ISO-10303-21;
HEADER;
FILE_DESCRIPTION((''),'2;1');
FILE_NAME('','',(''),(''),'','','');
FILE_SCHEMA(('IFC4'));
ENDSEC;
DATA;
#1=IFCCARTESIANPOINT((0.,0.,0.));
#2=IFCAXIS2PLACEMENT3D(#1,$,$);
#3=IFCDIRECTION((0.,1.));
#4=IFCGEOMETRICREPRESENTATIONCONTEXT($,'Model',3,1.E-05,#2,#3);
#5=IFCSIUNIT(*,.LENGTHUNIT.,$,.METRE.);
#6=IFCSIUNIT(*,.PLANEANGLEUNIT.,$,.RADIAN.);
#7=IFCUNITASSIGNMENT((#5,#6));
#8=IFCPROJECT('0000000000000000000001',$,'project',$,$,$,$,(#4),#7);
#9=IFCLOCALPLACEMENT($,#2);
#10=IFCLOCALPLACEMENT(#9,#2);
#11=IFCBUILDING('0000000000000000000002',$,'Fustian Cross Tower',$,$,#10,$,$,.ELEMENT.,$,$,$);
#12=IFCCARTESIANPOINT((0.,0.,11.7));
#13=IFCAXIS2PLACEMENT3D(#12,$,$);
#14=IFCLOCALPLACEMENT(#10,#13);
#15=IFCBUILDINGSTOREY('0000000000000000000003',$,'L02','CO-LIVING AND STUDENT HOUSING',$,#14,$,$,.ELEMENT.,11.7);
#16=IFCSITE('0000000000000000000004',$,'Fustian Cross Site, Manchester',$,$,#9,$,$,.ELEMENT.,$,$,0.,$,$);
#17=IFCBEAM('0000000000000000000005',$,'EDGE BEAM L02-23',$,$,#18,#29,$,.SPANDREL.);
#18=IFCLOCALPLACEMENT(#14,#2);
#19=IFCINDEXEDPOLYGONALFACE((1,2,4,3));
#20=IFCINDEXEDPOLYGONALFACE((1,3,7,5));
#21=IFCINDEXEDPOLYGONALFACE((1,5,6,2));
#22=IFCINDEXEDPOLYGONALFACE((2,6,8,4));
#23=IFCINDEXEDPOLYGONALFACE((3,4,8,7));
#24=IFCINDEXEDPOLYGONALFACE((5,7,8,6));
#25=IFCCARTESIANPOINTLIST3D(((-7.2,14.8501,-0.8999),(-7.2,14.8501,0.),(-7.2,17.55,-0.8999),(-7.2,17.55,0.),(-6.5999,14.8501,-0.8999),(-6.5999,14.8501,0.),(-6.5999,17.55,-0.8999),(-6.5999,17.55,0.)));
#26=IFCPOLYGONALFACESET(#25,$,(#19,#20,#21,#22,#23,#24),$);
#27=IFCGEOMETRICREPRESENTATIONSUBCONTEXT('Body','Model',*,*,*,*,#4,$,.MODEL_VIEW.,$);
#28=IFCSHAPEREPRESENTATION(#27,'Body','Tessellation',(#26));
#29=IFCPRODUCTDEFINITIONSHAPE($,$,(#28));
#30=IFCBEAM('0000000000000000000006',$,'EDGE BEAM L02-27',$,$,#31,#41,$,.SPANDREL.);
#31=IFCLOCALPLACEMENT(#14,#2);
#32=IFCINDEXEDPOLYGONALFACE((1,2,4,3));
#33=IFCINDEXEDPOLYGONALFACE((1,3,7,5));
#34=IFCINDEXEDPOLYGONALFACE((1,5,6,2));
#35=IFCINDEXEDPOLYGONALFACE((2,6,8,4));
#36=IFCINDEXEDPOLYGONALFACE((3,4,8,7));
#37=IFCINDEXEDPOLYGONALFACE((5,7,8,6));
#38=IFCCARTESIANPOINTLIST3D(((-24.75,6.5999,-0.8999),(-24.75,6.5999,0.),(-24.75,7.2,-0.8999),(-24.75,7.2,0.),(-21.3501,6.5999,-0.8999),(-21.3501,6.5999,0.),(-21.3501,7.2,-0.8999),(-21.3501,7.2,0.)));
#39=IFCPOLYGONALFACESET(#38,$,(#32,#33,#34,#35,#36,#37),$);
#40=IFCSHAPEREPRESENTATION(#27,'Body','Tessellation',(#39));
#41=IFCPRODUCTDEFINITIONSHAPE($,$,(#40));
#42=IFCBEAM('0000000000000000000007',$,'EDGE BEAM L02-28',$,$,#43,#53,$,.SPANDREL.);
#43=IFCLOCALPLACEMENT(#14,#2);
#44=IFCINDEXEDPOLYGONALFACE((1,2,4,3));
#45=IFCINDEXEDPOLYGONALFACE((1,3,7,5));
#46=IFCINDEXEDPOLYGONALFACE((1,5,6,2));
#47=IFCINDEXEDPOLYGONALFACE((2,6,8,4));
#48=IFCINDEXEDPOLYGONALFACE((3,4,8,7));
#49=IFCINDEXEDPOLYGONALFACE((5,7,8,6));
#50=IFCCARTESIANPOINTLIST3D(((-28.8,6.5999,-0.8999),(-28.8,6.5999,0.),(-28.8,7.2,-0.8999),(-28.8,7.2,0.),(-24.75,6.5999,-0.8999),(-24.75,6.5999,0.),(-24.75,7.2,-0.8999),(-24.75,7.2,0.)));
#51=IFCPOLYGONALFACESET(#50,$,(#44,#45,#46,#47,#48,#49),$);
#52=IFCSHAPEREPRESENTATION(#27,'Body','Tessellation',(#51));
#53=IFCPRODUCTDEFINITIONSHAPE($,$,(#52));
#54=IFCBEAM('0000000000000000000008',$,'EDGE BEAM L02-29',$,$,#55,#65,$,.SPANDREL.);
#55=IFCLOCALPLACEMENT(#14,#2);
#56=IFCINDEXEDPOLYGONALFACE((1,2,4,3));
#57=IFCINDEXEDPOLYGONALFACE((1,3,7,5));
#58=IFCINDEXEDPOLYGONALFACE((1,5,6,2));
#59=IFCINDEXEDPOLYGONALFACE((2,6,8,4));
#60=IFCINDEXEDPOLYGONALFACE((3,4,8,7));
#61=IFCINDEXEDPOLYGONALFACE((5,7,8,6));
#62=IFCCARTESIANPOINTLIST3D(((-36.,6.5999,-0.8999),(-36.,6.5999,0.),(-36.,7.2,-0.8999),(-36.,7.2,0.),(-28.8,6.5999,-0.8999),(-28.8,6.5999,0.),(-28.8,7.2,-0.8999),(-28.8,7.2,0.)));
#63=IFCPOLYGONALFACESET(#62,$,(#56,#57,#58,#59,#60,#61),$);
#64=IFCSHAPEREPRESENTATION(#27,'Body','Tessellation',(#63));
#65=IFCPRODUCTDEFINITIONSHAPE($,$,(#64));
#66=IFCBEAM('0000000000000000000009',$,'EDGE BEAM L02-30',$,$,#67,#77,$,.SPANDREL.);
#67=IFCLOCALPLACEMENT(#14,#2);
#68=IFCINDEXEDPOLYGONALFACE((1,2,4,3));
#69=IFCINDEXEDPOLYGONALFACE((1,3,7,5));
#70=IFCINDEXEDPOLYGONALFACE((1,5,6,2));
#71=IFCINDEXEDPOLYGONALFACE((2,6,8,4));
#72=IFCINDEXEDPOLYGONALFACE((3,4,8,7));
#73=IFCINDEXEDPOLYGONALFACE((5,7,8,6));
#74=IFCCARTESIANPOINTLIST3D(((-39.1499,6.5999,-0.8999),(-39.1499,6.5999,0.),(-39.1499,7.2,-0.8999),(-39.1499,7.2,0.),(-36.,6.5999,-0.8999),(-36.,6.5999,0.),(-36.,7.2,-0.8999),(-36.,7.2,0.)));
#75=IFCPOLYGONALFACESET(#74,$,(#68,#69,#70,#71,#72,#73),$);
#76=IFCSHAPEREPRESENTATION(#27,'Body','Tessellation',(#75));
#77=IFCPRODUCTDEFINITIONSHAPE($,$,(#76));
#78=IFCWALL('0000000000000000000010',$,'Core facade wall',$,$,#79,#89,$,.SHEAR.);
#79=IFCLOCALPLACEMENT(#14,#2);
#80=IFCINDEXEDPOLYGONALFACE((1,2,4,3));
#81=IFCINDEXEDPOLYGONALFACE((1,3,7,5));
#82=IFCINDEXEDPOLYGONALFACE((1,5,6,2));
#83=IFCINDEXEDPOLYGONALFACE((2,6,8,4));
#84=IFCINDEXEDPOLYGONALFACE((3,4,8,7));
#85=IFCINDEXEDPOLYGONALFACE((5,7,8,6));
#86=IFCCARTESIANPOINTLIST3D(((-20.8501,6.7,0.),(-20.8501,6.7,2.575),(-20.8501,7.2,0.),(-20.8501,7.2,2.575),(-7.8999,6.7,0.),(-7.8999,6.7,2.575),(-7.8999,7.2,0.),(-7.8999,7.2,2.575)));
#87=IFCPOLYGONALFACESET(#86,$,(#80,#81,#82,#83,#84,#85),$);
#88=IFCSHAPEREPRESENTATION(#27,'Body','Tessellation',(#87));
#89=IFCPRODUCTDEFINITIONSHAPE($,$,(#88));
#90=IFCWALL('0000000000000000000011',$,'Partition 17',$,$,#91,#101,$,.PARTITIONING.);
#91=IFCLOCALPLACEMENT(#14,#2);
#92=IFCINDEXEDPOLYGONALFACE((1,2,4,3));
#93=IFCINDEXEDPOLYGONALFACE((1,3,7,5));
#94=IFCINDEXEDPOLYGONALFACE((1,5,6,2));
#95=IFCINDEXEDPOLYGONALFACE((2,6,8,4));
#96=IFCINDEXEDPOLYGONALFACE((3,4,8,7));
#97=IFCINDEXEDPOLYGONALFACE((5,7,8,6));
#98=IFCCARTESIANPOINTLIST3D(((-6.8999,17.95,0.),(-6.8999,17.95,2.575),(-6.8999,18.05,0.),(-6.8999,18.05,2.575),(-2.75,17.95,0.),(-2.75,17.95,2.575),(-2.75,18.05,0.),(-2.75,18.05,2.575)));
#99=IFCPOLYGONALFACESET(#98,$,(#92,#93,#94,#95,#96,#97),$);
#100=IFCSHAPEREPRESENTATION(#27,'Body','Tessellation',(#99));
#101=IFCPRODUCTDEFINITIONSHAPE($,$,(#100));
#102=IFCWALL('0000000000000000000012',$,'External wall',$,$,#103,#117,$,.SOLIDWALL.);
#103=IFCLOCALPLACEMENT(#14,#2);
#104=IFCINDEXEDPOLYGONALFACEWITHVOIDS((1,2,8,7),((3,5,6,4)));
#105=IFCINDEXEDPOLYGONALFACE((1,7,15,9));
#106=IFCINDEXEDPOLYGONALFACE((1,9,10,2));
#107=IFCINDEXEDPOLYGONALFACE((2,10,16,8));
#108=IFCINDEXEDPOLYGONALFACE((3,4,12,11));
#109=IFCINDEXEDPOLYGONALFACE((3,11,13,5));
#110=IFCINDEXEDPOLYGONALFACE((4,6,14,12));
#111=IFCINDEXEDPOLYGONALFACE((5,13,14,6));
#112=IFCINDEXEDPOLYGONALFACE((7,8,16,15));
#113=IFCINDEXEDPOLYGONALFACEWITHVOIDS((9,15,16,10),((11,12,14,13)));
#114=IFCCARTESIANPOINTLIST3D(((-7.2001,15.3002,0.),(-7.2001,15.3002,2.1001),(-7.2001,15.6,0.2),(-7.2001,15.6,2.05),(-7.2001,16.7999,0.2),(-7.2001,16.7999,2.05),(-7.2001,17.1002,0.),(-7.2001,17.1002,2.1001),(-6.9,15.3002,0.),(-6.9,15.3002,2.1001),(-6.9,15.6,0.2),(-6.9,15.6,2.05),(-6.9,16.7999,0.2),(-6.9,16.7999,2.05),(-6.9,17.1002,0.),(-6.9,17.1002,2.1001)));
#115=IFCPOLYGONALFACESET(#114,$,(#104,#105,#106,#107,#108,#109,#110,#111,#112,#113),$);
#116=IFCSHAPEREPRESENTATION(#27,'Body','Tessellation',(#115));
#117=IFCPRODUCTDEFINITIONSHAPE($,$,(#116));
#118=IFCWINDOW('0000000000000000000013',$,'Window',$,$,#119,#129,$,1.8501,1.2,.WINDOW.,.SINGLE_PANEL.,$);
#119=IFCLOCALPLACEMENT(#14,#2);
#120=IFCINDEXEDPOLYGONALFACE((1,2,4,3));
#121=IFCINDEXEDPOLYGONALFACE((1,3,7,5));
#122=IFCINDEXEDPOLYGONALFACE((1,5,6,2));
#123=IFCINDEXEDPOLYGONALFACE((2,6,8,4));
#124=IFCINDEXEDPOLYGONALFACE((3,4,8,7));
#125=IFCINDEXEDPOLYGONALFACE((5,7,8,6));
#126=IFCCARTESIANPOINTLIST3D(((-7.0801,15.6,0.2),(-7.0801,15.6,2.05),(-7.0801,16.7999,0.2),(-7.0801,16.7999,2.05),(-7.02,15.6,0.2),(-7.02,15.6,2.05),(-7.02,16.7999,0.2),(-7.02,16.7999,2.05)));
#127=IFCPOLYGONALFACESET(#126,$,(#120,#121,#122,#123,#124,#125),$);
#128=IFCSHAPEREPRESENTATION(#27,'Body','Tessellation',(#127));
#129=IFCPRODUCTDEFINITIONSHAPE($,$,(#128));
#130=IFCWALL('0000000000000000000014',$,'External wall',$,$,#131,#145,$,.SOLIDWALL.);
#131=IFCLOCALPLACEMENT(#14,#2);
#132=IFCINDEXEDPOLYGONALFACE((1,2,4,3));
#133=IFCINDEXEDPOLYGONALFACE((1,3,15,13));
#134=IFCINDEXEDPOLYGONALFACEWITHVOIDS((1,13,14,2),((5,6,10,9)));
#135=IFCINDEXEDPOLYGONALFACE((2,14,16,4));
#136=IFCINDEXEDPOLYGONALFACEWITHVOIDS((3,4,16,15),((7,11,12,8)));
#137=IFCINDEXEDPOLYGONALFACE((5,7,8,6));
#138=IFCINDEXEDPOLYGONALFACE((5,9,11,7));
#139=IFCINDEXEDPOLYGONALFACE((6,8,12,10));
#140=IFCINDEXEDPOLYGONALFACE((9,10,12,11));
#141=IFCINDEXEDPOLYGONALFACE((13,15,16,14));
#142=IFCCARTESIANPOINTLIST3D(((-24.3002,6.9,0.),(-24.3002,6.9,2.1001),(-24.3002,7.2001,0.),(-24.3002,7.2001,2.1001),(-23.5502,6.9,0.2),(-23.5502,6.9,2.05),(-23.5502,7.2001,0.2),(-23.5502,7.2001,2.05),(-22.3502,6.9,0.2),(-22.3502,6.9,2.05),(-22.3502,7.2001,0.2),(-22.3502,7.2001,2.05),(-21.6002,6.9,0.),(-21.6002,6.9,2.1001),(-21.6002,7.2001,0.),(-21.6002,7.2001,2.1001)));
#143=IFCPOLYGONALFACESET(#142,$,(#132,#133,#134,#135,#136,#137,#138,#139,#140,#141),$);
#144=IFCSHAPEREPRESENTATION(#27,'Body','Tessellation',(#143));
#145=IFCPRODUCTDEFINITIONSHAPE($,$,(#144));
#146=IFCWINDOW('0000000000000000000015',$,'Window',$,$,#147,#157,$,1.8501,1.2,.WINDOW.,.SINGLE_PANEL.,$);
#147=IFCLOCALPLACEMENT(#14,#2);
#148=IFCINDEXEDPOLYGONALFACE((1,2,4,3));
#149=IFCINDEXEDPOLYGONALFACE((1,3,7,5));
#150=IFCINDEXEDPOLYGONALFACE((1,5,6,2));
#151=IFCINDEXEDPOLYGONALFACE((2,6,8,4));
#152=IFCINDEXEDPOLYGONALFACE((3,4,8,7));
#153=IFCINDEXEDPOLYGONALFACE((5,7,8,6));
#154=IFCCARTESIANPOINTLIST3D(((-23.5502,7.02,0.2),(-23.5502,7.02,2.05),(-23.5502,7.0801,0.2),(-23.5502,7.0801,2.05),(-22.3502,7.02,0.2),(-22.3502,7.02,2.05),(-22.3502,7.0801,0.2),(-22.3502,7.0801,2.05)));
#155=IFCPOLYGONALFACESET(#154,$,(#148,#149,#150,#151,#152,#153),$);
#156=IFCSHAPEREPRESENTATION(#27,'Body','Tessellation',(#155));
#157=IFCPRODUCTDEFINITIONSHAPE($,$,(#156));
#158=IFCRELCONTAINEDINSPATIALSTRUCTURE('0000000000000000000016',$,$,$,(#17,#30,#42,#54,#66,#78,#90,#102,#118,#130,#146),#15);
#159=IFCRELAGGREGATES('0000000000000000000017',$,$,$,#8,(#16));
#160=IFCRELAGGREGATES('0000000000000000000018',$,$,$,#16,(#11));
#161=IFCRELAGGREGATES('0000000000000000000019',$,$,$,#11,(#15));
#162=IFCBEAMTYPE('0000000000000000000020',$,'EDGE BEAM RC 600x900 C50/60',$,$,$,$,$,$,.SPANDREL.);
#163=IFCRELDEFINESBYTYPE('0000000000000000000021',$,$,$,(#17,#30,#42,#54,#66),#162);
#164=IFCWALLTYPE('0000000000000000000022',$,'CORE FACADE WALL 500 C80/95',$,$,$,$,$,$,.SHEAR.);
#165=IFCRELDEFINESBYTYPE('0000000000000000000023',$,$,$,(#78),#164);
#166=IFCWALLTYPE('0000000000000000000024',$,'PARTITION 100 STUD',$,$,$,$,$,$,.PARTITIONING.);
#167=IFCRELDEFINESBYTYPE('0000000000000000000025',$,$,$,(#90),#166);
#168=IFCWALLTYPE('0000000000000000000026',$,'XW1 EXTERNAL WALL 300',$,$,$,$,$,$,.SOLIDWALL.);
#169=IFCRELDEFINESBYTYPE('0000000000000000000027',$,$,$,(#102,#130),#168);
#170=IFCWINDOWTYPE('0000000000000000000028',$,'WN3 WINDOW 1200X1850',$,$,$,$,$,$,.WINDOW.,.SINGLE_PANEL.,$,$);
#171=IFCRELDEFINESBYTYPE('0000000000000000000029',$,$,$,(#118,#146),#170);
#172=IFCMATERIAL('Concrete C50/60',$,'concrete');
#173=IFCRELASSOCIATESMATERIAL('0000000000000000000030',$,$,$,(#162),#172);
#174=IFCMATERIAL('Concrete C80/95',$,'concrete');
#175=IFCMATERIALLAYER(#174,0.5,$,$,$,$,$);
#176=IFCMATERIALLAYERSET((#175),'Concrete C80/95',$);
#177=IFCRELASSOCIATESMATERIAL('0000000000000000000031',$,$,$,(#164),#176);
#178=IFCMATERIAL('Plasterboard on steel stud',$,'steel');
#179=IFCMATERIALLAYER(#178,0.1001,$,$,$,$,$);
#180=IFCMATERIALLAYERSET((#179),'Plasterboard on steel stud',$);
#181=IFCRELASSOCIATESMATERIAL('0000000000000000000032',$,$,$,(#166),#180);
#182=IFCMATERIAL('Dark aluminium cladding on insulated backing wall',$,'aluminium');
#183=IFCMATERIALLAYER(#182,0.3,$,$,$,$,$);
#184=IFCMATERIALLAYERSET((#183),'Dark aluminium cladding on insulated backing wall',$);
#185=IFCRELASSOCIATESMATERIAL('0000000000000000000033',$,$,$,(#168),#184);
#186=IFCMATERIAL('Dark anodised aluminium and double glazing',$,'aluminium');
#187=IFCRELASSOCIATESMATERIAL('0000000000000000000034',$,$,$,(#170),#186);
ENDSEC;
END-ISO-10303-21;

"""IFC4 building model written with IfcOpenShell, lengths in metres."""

from ifc_helpers import new_model, si_unit, direction, frame, frame_2d, origin, origin_2d, place, context, subcontext, project, spatial, rectangle, extrude, material, layer, layer_set, material_profile, profile_set, type_object, element, fill, save


model = new_model("IFC4")

# Units and contexts
model_context = context("Model", 3, precision=1e-05, world=origin(), true_north=direction((0.0, 1.0)))
body_context = subcontext(model_context, "Body", "Model", "MODEL_VIEW")
ifc_project = project(units=[si_unit("LENGTHUNIT", "METRE"), si_unit("PLANEANGLEUNIT", "RADIAN")], contexts=[model_context])

# Site, building, storey
site_placement = place(None, origin())
site = spatial("IfcSite", under=ifc_project, at=site_placement, Name="Fustian Cross Site, Manchester", CompositionType="ELEMENT", RefElevation=0.0)
building_placement = place(site_placement, origin())
building = spatial("IfcBuilding", under=site, at=building_placement, Name="Fustian Cross Tower", CompositionType="ELEMENT")
storey_placement = place(building_placement, frame((0.0, 0.0, 11.7)))
storey = spatial("IfcBuildingStorey", under=building, at=storey_placement, Name="L02", Description="CO-LIVING AND STUDENT HOUSING", CompositionType="ELEMENT", Elevation=11.7)

# Beams
ifc_material_1 = material(Name="Concrete C50/60", Category="concrete")
ifc_material_profile = material_profile(ifc_material_1, rectangle(XDim=0.6001, YDim=0.8999, at=origin_2d()), Name="RC 600x900")
ifc_profile_set = profile_set([ifc_material_profile], Name="Concrete C50/60")
beam_type = type_object("IfcBeamType", Name="EDGE BEAM RC 600x900 C50/60", PredefinedType="SPANDREL", material=ifc_profile_set)
beam_1_placement = place(storey_placement, frame((-6.8999, 17.55, -0.45), z_axis=(0.0, -1.0, 0.0), x_axis=(1.0, 0.0, 0.0)))
element("IfcBeam", 1, at=beam_1_placement, inside=storey, type_object=beam_type, Name="EDGE BEAM L02-23", PredefinedType="SPANDREL", context=body_context, shape_type="SweptSolid", body=[
    extrude(rectangle(XDim=0.6001, YDim=0.8999, at=origin_2d()), origin(), (0.0, 0.0, 1.0), 2.7),
])
beam_2_placement = place(storey_placement, frame((-21.3501, 6.8999, -0.45), z_axis=(-1.0, 0.0, 0.0), x_axis=(0.0, -1.0, 0.0)))
element("IfcBeam", 2, at=beam_2_placement, inside=storey, type_object=beam_type, Name="EDGE BEAM L02-27", PredefinedType="SPANDREL", context=body_context, shape_type="SweptSolid", body=[
    extrude(rectangle(XDim=0.6001, YDim=0.8999, at=origin_2d()), origin(), (0.0, 0.0, 1.0), 3.3999),
])
beam_3_placement = place(storey_placement, frame((-24.75, 6.8999, -0.45), z_axis=(-1.0, 0.0, 0.0), x_axis=(0.0, -1.0, 0.0)))
element("IfcBeam", 3, at=beam_3_placement, inside=storey, type_object=beam_type, Name="EDGE BEAM L02-28", PredefinedType="SPANDREL", context=body_context, shape_type="SweptSolid", body=[
    extrude(rectangle(XDim=0.6001, YDim=0.8999, at=origin_2d()), origin(), (0.0, 0.0, 1.0), 4.05),
])
beam_4_placement = place(storey_placement, frame((-28.8, 6.8999, -0.45), z_axis=(-1.0, 0.0, 0.0), x_axis=(0.0, -1.0, 0.0)))
element("IfcBeam", 4, at=beam_4_placement, inside=storey, type_object=beam_type, Name="EDGE BEAM L02-29", PredefinedType="SPANDREL", context=body_context, shape_type="SweptSolid", body=[
    extrude(rectangle(XDim=0.6001, YDim=0.8999, at=origin_2d()), origin(), (0.0, 0.0, 1.0), 7.2),
])
beam_5_placement = place(storey_placement, frame((-36.0, 6.8999, -0.45), z_axis=(-1.0, 0.0, 0.0), x_axis=(0.0, -1.0, 0.0)))
element("IfcBeam", 5, at=beam_5_placement, inside=storey, type_object=beam_type, Name="EDGE BEAM L02-30", PredefinedType="SPANDREL", context=body_context, shape_type="SweptSolid", body=[
    extrude(rectangle(XDim=0.6001, YDim=0.8999, at=origin_2d()), origin(), (0.0, 0.0, 1.0), 3.1499),
])

# Walls
ifc_material_2 = material(Name="Concrete C80/95", Category="concrete")
ifc_layer_1 = layer(ifc_material_2, 0.5)
ifc_layer_set_1 = layer_set([ifc_layer_1], Name="Concrete C80/95")
wall_type_1 = type_object("IfcWallType", Name="CORE FACADE WALL 500 C80/95", PredefinedType="SHEAR", material=ifc_layer_set_1)
wall_1_placement = place(storey_placement, frame((-7.8999, 6.95, 0.0), z_axis=(0.0, 0.0, 1.0), x_axis=(-1.0, 0.0, 0.0)))
element("IfcWall", 6, at=wall_1_placement, inside=storey, type_object=wall_type_1, Name="Core facade wall", PredefinedType="SHEAR", context=body_context, shape_type="SweptSolid", body=[
    extrude(rectangle(XDim=12.9502, YDim=0.5, at=frame_2d((6.4751, 0.0))), origin(), (0.0, 0.0, 1.0), 2.575),
])
ifc_material_3 = material(Name="Plasterboard on steel stud", Category="steel")
ifc_layer_2 = layer(ifc_material_3, 0.1001)
ifc_layer_set_2 = layer_set([ifc_layer_2], Name="Plasterboard on steel stud")
wall_type_2 = type_object("IfcWallType", Name="PARTITION 100 STUD", PredefinedType="PARTITIONING", material=ifc_layer_set_2)
wall_2_placement = place(storey_placement, frame((-6.8999, 18.0, 0.0), z_axis=(0.0, 0.0, 1.0), x_axis=(1.0, 0.0, 0.0)))
element("IfcWall", 7, at=wall_2_placement, inside=storey, type_object=wall_type_2, Name="Partition 17", PredefinedType="PARTITIONING", context=body_context, shape_type="SweptSolid", body=[
    extrude(rectangle(XDim=4.1499, YDim=0.1001, at=frame_2d((2.075, 0.0))), origin(), (0.0, 0.0, 1.0), 2.575),
])

# Walls, openings, windows
ifc_material_4 = material(Name="Dark aluminium cladding on insulated backing wall", Category="aluminium")
ifc_layer_3 = layer(ifc_material_4, 0.3)
ifc_layer_set_3 = layer_set([ifc_layer_3], Name="Dark aluminium cladding on insulated backing wall")
wall_type_3 = type_object("IfcWallType", Name="XW1 EXTERNAL WALL 300", PredefinedType="SOLIDWALL", material=ifc_layer_set_3)
wall_3_placement = place(storey_placement, frame((-7.05, 17.1001, 0.0), z_axis=(0.0, 0.0, 1.0), x_axis=(0.0, -1.0, 0.0)))
wall_3 = element("IfcWall", 8, at=wall_3_placement, inside=storey, type_object=wall_type_3, Name="External wall", PredefinedType="SOLIDWALL", context=body_context, shape_type="SweptSolid", body=[
    extrude(rectangle(XDim=1.8, YDim=0.3, at=frame_2d((0.8999, 0.0))), origin(), (0.0, 0.0, 1.0), 2.1001),
])
opening_1_placement = place(wall_3_placement, frame((0.3, 0.0, 0.2)))
opening_1 = element("IfcOpeningElement", 9, at=opening_1_placement, cuts=wall_3, PredefinedType="OPENING", context=body_context, shape_type="SweptSolid", body=[
    extrude(rectangle(XDim=1.2, YDim=1.8501, at=frame_2d((0.6001, 0.925))), frame((0.0, 0.1599, 0.0), z_axis=(0.0, -1.0, 0.0), x_axis=(1.0, 0.0, 0.0)), (0.0, 0.0, 1.0), 0.3201),
])
ifc_material_5 = material(Name="Dark anodised aluminium and double glazing", Category="aluminium")
window_type = type_object("IfcWindowType", Name="WN3 WINDOW 1200X1850", PartitioningType="SINGLE_PANEL", PredefinedType="WINDOW", material=ifc_material_5)
window_1_placement = place(opening_1_placement, origin())
window_1 = element("IfcWindow", 10, at=window_1_placement, inside=storey, type_object=window_type, Name="Window", OverallHeight=1.8501, OverallWidth=1.2, PartitioningType="SINGLE_PANEL", PredefinedType="WINDOW", context=body_context, shape_type="SweptSolid", body=[
    extrude(rectangle(XDim=1.2, YDim=1.8501, at=frame_2d((0.6001, 0.925))), frame((0.0, 0.03, 0.0), z_axis=(0.0, -1.0, 0.0), x_axis=(1.0, 0.0, 0.0)), (0.0, 0.0, 1.0), 0.0601),
])
fill(opening_1, window_1)
wall_4_placement = place(storey_placement, frame((-21.6001, 7.05, 0.0), z_axis=(0.0, 0.0, 1.0), x_axis=(-1.0, 0.0, 0.0)))
wall_4 = element("IfcWall", 11, at=wall_4_placement, inside=storey, type_object=wall_type_3, Name="External wall", PredefinedType="SOLIDWALL", context=body_context, shape_type="SweptSolid", body=[
    extrude(rectangle(XDim=2.7, YDim=0.3, at=frame_2d((1.3501, 0.0))), origin(), (0.0, 0.0, 1.0), 2.1001),
])
opening_2_placement = place(wall_4_placement, frame((0.75, 0.0, 0.2)))
opening_2 = element("IfcOpeningElement", 12, at=opening_2_placement, cuts=wall_4, PredefinedType="OPENING", context=body_context, shape_type="SweptSolid", body=[
    extrude(rectangle(XDim=1.2, YDim=1.8501, at=frame_2d((0.6001, 0.925))), frame((0.0, 0.1599, 0.0), z_axis=(0.0, -1.0, 0.0), x_axis=(1.0, 0.0, 0.0)), (0.0, 0.0, 1.0), 0.3201),
])
window_2_placement = place(opening_2_placement, origin())
window_2 = element("IfcWindow", 13, at=window_2_placement, inside=storey, type_object=window_type, Name="Window", OverallHeight=1.8501, OverallWidth=1.2, PartitioningType="SINGLE_PANEL", PredefinedType="WINDOW", context=body_context, shape_type="SweptSolid", body=[
    extrude(rectangle(XDim=1.2, YDim=1.8501, at=frame_2d((0.6001, 0.925))), frame((0.0, 0.03, 0.0), z_axis=(0.0, -1.0, 0.0), x_axis=(1.0, 0.0, 0.0)), (0.0, 0.0, 1.0), 0.0601),
])
fill(opening_2, window_2)

save(model, "model.ifc")
